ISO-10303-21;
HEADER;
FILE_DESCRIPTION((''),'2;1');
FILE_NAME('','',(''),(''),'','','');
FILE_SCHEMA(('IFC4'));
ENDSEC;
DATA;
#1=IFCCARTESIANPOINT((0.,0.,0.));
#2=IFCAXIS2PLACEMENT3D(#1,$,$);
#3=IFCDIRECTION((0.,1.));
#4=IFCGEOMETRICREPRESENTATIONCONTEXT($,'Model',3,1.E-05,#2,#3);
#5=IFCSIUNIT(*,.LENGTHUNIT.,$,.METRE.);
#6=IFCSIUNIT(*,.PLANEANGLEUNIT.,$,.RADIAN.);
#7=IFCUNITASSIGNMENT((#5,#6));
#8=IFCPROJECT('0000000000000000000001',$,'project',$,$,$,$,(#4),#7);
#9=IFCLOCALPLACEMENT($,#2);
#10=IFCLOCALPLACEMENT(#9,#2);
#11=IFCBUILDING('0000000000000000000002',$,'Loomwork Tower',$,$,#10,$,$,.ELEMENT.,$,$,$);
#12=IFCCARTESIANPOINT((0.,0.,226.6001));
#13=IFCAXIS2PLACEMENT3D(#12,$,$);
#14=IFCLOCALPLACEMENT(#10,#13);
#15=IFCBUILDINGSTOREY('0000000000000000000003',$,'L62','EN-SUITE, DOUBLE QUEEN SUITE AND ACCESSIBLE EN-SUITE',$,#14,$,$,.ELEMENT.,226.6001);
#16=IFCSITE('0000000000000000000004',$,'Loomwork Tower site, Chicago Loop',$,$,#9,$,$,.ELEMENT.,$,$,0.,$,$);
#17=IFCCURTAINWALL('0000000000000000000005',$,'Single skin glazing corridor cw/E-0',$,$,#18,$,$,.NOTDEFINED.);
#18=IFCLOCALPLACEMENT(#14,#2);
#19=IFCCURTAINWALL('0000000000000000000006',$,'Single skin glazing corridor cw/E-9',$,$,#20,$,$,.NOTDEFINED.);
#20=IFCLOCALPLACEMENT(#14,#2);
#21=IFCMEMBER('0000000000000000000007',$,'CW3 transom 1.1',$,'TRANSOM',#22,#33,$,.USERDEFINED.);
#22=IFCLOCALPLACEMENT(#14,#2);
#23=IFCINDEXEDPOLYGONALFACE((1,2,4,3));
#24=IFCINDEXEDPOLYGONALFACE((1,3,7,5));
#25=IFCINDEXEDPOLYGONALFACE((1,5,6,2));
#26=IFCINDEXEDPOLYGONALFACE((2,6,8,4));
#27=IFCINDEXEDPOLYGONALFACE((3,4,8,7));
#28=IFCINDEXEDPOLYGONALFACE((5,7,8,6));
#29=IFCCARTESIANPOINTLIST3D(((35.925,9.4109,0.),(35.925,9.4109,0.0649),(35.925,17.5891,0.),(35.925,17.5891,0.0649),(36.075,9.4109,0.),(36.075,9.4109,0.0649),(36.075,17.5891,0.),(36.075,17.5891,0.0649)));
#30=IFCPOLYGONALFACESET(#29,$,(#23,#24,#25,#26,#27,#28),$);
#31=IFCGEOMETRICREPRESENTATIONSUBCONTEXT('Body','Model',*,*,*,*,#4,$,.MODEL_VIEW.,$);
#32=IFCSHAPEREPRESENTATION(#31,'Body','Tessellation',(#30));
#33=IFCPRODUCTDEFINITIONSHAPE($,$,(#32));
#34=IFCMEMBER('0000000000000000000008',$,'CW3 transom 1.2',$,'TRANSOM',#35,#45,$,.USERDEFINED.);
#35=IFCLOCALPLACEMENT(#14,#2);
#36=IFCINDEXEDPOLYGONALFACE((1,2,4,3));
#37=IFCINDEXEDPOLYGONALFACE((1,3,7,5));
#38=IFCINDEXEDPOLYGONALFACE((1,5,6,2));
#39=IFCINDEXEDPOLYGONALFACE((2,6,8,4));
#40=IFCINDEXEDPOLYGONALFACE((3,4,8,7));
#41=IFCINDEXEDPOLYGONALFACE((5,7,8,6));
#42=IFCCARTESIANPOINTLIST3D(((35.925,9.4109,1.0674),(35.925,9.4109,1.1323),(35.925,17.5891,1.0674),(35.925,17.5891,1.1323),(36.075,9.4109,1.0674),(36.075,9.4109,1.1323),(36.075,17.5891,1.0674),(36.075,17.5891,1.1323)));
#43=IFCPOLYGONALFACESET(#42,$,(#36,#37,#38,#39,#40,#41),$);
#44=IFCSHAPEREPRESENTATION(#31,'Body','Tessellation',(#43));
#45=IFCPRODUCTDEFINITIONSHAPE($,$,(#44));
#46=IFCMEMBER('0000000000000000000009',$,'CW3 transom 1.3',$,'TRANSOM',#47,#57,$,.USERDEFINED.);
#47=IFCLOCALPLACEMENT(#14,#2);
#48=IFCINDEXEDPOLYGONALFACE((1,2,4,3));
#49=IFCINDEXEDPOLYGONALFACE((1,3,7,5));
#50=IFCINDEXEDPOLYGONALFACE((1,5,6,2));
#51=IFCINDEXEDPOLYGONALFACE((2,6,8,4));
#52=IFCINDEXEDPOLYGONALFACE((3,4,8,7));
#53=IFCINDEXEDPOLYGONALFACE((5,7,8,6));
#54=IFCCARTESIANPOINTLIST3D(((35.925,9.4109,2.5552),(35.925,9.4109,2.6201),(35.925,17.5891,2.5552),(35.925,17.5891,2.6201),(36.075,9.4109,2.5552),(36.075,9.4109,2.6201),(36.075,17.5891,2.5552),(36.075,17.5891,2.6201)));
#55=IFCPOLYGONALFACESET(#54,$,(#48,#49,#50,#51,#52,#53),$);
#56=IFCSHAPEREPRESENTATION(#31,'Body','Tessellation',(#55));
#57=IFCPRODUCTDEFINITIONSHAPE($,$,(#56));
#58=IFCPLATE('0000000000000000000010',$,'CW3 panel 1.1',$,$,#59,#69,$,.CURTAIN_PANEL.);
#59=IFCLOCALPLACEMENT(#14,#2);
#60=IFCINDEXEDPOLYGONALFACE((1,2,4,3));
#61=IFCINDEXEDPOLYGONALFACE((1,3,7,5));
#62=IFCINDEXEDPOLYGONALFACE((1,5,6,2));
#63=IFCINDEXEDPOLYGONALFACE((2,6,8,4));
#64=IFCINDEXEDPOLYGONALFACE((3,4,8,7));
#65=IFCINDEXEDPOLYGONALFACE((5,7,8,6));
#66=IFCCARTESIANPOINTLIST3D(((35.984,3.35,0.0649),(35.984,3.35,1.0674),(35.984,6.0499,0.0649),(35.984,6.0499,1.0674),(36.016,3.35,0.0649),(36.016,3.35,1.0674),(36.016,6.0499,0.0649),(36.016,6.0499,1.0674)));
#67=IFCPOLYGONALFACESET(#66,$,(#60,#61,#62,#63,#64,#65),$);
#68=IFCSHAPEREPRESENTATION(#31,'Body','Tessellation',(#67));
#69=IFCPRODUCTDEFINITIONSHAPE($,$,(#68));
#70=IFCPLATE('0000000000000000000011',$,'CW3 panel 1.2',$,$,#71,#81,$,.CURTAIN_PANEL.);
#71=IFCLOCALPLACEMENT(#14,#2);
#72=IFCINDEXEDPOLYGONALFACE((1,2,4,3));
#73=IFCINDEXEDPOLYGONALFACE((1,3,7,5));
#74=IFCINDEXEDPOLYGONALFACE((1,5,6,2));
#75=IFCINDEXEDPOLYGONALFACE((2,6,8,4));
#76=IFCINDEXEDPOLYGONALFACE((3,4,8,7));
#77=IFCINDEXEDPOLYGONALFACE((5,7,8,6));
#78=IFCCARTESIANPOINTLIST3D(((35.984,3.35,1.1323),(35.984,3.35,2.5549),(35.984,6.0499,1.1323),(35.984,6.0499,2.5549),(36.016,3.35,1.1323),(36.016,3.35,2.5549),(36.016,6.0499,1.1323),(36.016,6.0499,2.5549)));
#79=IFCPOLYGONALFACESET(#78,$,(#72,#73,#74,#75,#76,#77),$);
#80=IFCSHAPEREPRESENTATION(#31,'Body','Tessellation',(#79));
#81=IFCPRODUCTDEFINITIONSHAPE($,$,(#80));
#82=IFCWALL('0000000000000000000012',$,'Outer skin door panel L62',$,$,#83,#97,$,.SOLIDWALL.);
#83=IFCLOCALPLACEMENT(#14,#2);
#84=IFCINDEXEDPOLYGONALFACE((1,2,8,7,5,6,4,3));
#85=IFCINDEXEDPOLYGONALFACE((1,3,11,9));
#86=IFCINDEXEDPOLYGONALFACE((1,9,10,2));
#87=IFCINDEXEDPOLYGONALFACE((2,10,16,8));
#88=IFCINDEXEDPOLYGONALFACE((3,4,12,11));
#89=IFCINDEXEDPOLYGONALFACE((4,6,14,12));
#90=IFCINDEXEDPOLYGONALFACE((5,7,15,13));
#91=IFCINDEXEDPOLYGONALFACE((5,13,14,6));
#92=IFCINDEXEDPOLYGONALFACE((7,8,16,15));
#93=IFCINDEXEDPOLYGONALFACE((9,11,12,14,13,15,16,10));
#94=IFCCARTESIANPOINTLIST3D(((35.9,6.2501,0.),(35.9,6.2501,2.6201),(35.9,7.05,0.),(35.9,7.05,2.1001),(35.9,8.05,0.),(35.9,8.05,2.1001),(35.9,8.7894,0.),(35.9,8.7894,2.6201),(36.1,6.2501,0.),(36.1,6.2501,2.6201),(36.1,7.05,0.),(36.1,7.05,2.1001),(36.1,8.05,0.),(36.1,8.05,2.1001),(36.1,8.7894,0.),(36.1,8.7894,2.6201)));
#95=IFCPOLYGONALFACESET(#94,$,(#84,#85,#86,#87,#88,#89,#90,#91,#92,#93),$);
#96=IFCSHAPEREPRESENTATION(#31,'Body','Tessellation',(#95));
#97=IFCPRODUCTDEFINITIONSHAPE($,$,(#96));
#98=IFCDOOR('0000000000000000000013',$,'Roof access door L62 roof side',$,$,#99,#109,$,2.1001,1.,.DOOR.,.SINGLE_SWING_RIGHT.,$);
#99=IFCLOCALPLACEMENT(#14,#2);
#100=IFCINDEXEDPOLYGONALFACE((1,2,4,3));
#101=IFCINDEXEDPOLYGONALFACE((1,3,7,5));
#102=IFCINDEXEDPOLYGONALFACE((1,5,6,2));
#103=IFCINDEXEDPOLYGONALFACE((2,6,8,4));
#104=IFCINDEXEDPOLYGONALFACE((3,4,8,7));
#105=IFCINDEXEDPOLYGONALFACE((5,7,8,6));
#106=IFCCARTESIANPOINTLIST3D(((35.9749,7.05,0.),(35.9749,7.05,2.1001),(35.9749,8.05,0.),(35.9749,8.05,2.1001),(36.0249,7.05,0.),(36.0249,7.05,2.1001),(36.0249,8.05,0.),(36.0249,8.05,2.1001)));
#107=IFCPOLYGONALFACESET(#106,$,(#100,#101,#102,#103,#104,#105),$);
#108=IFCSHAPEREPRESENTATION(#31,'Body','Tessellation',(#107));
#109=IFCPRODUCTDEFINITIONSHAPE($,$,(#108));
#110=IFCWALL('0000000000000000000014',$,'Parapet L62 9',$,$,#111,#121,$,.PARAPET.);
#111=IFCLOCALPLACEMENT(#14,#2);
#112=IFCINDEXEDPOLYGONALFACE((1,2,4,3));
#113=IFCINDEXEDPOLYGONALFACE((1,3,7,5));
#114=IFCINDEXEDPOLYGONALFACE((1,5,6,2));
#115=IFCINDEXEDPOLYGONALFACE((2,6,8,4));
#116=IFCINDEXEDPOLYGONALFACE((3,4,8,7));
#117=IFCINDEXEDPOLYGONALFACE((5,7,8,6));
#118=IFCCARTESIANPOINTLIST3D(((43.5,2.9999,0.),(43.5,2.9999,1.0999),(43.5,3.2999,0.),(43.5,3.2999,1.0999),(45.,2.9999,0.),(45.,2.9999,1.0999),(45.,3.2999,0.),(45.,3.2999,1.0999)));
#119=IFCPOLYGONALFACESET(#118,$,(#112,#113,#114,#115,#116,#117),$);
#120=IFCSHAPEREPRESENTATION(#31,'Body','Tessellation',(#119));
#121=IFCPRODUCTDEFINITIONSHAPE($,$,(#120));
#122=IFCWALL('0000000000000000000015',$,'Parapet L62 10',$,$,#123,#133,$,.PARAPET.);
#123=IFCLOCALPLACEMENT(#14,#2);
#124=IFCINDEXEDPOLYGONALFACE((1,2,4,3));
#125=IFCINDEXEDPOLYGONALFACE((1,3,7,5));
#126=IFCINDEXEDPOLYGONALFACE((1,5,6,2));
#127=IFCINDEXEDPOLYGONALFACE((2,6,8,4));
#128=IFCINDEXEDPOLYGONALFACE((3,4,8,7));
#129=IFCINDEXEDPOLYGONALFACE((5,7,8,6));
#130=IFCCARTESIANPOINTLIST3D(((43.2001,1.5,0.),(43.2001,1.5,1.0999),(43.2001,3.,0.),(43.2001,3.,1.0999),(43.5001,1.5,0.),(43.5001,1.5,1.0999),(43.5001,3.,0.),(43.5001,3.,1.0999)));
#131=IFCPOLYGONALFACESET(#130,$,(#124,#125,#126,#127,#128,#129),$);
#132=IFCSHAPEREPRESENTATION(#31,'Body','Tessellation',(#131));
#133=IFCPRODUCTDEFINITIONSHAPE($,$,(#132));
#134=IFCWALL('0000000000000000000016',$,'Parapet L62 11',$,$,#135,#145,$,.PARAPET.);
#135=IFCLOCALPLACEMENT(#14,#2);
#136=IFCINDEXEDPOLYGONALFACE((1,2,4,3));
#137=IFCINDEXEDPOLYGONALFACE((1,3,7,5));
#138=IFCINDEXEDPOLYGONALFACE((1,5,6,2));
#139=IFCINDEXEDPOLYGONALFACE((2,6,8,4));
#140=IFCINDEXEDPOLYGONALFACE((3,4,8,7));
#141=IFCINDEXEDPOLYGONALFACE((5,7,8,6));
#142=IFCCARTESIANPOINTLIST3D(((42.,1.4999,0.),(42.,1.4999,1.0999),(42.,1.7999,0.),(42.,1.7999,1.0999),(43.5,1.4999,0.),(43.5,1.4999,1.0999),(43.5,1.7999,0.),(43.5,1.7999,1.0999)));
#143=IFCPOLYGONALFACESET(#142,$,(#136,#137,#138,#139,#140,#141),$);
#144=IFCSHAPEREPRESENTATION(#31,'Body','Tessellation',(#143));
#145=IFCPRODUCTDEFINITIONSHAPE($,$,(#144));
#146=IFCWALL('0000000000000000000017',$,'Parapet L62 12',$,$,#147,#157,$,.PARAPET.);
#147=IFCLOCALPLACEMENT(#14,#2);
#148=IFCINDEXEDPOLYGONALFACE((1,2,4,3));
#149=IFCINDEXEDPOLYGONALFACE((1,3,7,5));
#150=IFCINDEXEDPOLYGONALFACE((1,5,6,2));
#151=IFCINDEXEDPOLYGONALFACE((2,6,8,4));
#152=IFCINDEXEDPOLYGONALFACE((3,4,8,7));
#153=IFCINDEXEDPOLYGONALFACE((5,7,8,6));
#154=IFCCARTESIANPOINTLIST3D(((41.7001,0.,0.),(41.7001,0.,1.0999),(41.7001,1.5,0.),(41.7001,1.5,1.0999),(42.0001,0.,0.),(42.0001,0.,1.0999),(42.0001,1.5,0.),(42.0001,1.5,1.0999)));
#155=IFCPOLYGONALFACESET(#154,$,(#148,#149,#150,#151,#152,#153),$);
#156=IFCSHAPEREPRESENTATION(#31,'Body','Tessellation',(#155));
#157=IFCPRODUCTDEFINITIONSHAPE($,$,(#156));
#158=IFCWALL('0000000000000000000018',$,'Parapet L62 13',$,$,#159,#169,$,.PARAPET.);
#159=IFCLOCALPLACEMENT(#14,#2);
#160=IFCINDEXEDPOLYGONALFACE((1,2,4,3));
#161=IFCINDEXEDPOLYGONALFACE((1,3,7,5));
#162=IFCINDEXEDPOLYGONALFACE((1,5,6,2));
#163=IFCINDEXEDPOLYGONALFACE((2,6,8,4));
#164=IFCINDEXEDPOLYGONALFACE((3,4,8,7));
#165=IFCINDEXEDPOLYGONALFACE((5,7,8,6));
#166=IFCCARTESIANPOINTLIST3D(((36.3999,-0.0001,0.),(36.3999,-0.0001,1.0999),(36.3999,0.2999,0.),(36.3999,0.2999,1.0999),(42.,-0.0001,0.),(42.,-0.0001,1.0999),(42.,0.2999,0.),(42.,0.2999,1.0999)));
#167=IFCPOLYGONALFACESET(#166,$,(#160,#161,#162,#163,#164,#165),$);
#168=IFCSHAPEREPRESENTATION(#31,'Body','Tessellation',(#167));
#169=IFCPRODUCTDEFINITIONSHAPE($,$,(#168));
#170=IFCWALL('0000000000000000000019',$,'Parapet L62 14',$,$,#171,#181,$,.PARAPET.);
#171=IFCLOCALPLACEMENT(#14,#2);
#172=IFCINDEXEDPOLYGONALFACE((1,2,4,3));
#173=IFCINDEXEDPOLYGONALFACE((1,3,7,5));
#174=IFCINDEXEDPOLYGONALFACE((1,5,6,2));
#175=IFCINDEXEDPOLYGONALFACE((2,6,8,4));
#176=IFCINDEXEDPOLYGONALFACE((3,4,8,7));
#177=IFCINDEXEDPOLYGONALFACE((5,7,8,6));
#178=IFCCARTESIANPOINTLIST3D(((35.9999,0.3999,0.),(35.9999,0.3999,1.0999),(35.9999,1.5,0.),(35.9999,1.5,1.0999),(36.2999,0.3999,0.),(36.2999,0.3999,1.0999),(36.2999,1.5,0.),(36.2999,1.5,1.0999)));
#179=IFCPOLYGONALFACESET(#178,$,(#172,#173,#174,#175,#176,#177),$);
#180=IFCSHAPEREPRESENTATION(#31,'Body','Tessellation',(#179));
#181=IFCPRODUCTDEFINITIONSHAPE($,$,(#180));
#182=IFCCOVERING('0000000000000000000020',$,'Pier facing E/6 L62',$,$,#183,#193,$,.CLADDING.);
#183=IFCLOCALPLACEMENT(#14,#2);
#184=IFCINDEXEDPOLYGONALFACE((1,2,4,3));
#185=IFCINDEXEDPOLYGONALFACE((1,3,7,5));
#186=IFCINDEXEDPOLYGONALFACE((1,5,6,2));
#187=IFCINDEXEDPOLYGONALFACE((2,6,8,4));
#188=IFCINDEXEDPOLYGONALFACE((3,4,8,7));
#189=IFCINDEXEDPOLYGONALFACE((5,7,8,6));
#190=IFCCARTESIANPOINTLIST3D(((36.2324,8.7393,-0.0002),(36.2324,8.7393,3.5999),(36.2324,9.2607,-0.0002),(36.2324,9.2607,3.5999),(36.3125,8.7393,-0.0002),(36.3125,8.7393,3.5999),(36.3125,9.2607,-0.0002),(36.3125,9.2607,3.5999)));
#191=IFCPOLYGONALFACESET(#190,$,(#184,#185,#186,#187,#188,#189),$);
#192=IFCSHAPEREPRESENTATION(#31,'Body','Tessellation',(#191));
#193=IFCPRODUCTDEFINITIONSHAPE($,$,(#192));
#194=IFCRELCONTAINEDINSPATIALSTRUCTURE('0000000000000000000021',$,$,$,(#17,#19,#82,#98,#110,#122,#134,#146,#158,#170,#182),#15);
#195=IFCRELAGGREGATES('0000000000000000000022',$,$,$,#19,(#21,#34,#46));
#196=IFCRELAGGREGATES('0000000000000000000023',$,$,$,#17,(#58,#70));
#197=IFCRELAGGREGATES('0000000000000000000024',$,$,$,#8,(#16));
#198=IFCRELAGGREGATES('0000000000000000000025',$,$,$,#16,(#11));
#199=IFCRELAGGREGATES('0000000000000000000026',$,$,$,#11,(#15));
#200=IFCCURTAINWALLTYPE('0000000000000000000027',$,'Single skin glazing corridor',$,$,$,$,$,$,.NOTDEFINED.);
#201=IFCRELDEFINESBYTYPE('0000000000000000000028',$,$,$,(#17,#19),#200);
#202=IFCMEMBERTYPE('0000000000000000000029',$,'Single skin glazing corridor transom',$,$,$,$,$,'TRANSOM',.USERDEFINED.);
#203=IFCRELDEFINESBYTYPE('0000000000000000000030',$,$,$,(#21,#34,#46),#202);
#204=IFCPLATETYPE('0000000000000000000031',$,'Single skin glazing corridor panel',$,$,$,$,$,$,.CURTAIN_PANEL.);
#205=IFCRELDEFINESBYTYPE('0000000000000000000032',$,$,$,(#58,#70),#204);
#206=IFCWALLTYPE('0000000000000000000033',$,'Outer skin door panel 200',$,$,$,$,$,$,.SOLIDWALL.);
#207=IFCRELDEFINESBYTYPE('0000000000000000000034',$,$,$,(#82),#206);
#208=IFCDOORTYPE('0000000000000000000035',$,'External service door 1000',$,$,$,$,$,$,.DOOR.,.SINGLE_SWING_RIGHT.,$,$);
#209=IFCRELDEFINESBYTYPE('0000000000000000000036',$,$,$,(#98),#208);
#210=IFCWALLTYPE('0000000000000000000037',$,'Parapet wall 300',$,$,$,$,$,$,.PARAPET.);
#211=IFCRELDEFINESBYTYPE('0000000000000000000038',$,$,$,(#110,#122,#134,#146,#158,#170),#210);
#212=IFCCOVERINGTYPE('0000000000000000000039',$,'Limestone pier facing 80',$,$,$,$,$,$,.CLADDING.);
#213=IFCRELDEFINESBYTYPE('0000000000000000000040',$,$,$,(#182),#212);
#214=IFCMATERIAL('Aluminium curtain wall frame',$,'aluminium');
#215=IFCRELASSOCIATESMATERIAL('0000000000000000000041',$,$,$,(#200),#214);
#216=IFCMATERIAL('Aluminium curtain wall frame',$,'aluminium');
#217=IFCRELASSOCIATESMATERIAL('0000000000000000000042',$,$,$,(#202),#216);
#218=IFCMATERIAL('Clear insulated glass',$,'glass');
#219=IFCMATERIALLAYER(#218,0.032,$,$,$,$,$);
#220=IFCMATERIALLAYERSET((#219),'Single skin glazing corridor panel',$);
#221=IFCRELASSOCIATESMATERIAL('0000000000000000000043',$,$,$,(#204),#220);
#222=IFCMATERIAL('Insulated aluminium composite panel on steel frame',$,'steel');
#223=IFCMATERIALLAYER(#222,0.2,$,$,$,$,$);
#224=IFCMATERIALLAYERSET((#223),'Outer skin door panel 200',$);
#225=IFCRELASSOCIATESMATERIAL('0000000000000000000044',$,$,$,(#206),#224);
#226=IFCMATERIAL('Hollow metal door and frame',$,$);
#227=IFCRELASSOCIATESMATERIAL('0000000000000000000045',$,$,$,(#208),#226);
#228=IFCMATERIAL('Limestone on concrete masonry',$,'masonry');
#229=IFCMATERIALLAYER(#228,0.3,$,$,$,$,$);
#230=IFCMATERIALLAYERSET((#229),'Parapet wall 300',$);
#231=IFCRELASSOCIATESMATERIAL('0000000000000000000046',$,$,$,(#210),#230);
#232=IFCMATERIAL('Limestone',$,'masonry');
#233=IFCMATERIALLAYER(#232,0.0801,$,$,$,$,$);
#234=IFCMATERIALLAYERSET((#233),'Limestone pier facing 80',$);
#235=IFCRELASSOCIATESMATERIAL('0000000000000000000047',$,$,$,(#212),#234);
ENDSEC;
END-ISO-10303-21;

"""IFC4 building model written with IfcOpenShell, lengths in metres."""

from ifc_helpers import new_model, si_unit, direction, frame, frame_2d, origin, origin_2d, place, context, subcontext, project, spatial, rectangle, extrude, material, layer, layer_set, material_profile, profile_set, type_object, element, fill, aggregate, save


model = new_model("IFC4")

# Units and contexts
model_context = context("Model", 3, precision=1e-05, world=origin(), true_north=direction((0.0, 1.0)))
body_context = subcontext(model_context, "Body", "Model", "MODEL_VIEW")
ifc_project = project(units=[si_unit("LENGTHUNIT", "METRE"), si_unit("PLANEANGLEUNIT", "RADIAN")], contexts=[model_context])

# Site, building, storey
site_placement = place(None, origin())
site = spatial("IfcSite", under=ifc_project, at=site_placement, Name="Loomwork Tower site, Chicago Loop", CompositionType="ELEMENT", RefElevation=0.0)
building_placement = place(site_placement, origin())
building = spatial("IfcBuilding", under=site, at=building_placement, Name="Loomwork Tower", CompositionType="ELEMENT")
storey_placement = place(building_placement, frame((0.0, 0.0, 226.6001)))
storey = spatial("IfcBuildingStorey", under=building, at=storey_placement, Name="L62", Description="EN-SUITE, DOUBLE QUEEN SUITE AND ACCESSIBLE EN-SUITE", CompositionType="ELEMENT", Elevation=226.6001)

# Curtain wall
ifc_material_1 = material(Name="Aluminium curtain wall frame", Category="aluminium")
curtain_wall_type = type_object("IfcCurtainWallType", Name="Single skin glazing corridor", PredefinedType="NOTDEFINED", material=ifc_material_1)
curtain_wall_1_placement = place(storey_placement, origin())
curtain_wall_1 = element("IfcCurtainWall", 1, at=curtain_wall_1_placement, inside=storey, type_object=curtain_wall_type, Name="Single skin glazing corridor cw/E-0", PredefinedType="NOTDEFINED")

# Curtain wall, members
curtain_wall_2_placement = place(storey_placement, origin())
curtain_wall_2 = element("IfcCurtainWall", 2, at=curtain_wall_2_placement, inside=storey, type_object=curtain_wall_type, Name="Single skin glazing corridor cw/E-9", PredefinedType="NOTDEFINED")
ifc_material_2 = material(Name="Aluminium curtain wall frame", Category="aluminium")
ifc_material_profile_1 = material_profile(ifc_material_2, rectangle(XDim=0.1499, YDim=0.0649, at=origin_2d()), Name="AL 65x150")
ifc_profile_set_1 = profile_set([ifc_material_profile_1], Name="Aluminium curtain wall frame")
member_type_1 = type_object("IfcMemberType", Name="Single skin glazing corridor transom", ElementType="TRANSOM", PredefinedType="USERDEFINED", material=ifc_profile_set_1)
member_1_placement = place(storey_placement, frame((36.0, 9.4109, 0.0325), z_axis=(0.0, 1.0, 0.0), x_axis=(-1.0, 0.0, 0.0)))
member_1 = element("IfcMember", 3, at=member_1_placement, type_object=member_type_1, Name="CW3 transom 1.1", ObjectType="TRANSOM", PredefinedType="USERDEFINED", context=body_context, shape_type="SweptSolid", body=[
    extrude(rectangle(XDim=0.1499, YDim=0.0649, at=origin_2d()), origin(), (0.0, 0.0, 1.0), 8.1782),
])
member_2_placement = place(storey_placement, frame((36.0, 9.4109, 1.0999), z_axis=(0.0, 1.0, 0.0), x_axis=(-1.0, 0.0, 0.0)))
member_2 = element("IfcMember", 4, at=member_2_placement, type_object=member_type_1, Name="CW3 transom 1.2", ObjectType="TRANSOM", PredefinedType="USERDEFINED", context=body_context, shape_type="SweptSolid", body=[
    extrude(rectangle(XDim=0.1499, YDim=0.0649, at=origin_2d()), origin(), (0.0, 0.0, 1.0), 8.1782),
])
member_3_placement = place(storey_placement, frame((36.0, 9.4109, 2.5876), z_axis=(0.0, 1.0, 0.0), x_axis=(-1.0, 0.0, 0.0)))
member_3 = element("IfcMember", 5, at=member_3_placement, type_object=member_type_1, Name="CW3 transom 1.3", ObjectType="TRANSOM", PredefinedType="USERDEFINED", context=body_context, shape_type="SweptSolid", body=[
    extrude(rectangle(XDim=0.1499, YDim=0.0649, at=origin_2d()), origin(), (0.0, 0.0, 1.0), 8.1782),
])
aggregate(curtain_wall_2, [member_1, member_2, member_3])

# Plates
ifc_material_3 = material(Name="Clear insulated glass", Category="glass")
ifc_layer_1 = layer(ifc_material_3, 0.032)
ifc_layer_set_1 = layer_set([ifc_layer_1], Name="Single skin glazing corridor panel")
plate_type = type_object("IfcPlateType", Name="Single skin glazing corridor panel", PredefinedType="CURTAIN_PANEL", material=ifc_layer_set_1)
plate_1_placement = place(storey_placement, frame((36.0, 4.7, 0.0649), z_axis=(0.0, 0.0, 1.0), x_axis=(0.0, 1.0, 0.0)))
plate_1 = element("IfcPlate", 6, at=plate_1_placement, type_object=plate_type, Name="CW3 panel 1.1", PredefinedType="CURTAIN_PANEL", context=body_context, shape_type="SweptSolid", body=[
    extrude(rectangle(XDim=2.7, YDim=0.032, at=origin_2d()), origin(), (0.0, 0.0, 1.0), 1.0024),
])
plate_2_placement = place(storey_placement, frame((36.0, 4.7, 1.1323), z_axis=(0.0, 0.0, 1.0), x_axis=(0.0, 1.0, 0.0)))
plate_2 = element("IfcPlate", 7, at=plate_2_placement, type_object=plate_type, Name="CW3 panel 1.2", PredefinedType="CURTAIN_PANEL", context=body_context, shape_type="SweptSolid", body=[
    extrude(rectangle(XDim=2.7, YDim=0.032, at=origin_2d()), origin(), (0.0, 0.0, 1.0), 1.4226),
])
aggregate(curtain_wall_1, [plate_1, plate_2])

# Wall, opening, door
ifc_material_4 = material(Name="Insulated aluminium composite panel on steel frame", Category="steel")
ifc_layer_2 = layer(ifc_material_4, 0.2)
ifc_layer_set_2 = layer_set([ifc_layer_2], Name="Outer skin door panel 200")
wall_type_1 = type_object("IfcWallType", Name="Outer skin door panel 200", PredefinedType="SOLIDWALL", material=ifc_layer_set_2)
wall_1_placement = place(storey_placement, frame((36.0, 8.7893, 0.0), z_axis=(0.0, 0.0, 1.0), x_axis=(0.0, -1.0, 0.0)))
wall_1 = element("IfcWall", 8, at=wall_1_placement, inside=storey, type_object=wall_type_1, Name="Outer skin door panel L62", PredefinedType="SOLIDWALL", context=body_context, shape_type="SweptSolid", body=[
    extrude(rectangle(XDim=2.5393, YDim=0.2, at=frame_2d((1.2695, 0.0))), origin(), (0.0, 0.0, 1.0), 2.6201),
])
opening_placement = place(wall_1_placement, frame((0.7393, 0.0, 0.0)))
opening = element("IfcOpeningElement", 9, at=opening_placement, cuts=wall_1, PredefinedType="OPENING", context=body_context, shape_type="SweptSolid", body=[
    extrude(rectangle(XDim=1.0, YDim=2.1001, at=frame_2d((0.5, 1.05))), frame((0.0, 0.1099, 0.0), z_axis=(0.0, -1.0, 0.0), x_axis=(1.0, 0.0, 0.0)), (0.0, 0.0, 1.0), 0.22),
])
ifc_material_5 = material(Name="Hollow metal door and frame")
door_type = type_object("IfcDoorType", Name="External service door 1000", OperationType="SINGLE_SWING_RIGHT", PredefinedType="DOOR", material=ifc_material_5)
door_placement = place(opening_placement, origin())
door = element("IfcDoor", 10, at=door_placement, inside=storey, type_object=door_type, Name="Roof access door L62 roof side", OperationType="SINGLE_SWING_RIGHT", OverallHeight=2.1001, OverallWidth=1.0, PredefinedType="DOOR", context=body_context, shape_type="SweptSolid", body=[
    extrude(rectangle(XDim=1.0, YDim=2.1001, at=frame_2d((0.5, 1.05))), frame((0.0, 0.0249, 0.0), z_axis=(0.0, -1.0, 0.0), x_axis=(1.0, 0.0, 0.0)), (0.0, 0.0, 1.0), 0.05),
])
fill(opening, door)

# Walls
ifc_material_6 = material(Name="Limestone on concrete masonry", Category="masonry")
ifc_layer_3 = layer(ifc_material_6, 0.3)
ifc_layer_set_3 = layer_set([ifc_layer_3], Name="Parapet wall 300")
wall_type_2 = type_object("IfcWallType", Name="Parapet wall 300", PredefinedType="PARAPET", material=ifc_layer_set_3)
for number, where, z_axis, x_axis, name in (
    (11, (45.0, 3.1499, 0.0), (0.0, 0.0, 1.0), (-1.0, 0.0, 0.0), "Parapet L62 9"),
    (12, (43.3501, 3.0, 0.0), (0.0, 0.0, 1.0), (0.0, -1.0, 0.0), "Parapet L62 10"),
    (13, (43.5, 1.6499, 0.0), (0.0, 0.0, 1.0), (-1.0, 0.0, 0.0), "Parapet L62 11"),
    (14, (41.8501, 1.5, 0.0), (0.0, 0.0, 1.0), (0.0, -1.0, 0.0), "Parapet L62 12"),
):
    element("IfcWall", number, at=place(storey_placement, frame(where, z_axis=z_axis, x_axis=x_axis)), inside=storey, type_object=wall_type_2, Name=name, PredefinedType="PARAPET", context=body_context, shape_type="SweptSolid", body=[
        extrude(rectangle(XDim=1.5, YDim=0.3, at=frame_2d((0.75, 0.0))), origin(), (0.0, 0.0, 1.0), 1.0999),
    ])
wall_2_placement = place(storey_placement, frame((42.0, 0.1499, 0.0), z_axis=(0.0, 0.0, 1.0), x_axis=(-1.0, 0.0, 0.0)))
element("IfcWall", 15, at=wall_2_placement, inside=storey, type_object=wall_type_2, Name="Parapet L62 13", PredefinedType="PARAPET", context=body_context, shape_type="SweptSolid", body=[
    extrude(rectangle(XDim=5.6001, YDim=0.3, at=frame_2d((2.8, 0.0))), origin(), (0.0, 0.0, 1.0), 1.0999),
])
wall_3_placement = place(storey_placement, frame((36.1499, 0.3999, 0.0), z_axis=(0.0, 0.0, 1.0), x_axis=(0.0, 1.0, 0.0)))
element("IfcWall", 16, at=wall_3_placement, inside=storey, type_object=wall_type_2, Name="Parapet L62 14", PredefinedType="PARAPET", context=body_context, shape_type="SweptSolid", body=[
    extrude(rectangle(XDim=1.1001, YDim=0.3, at=frame_2d((0.55, 0.0))), origin(), (0.0, 0.0, 1.0), 1.0999),
])

# Covering
ifc_material_7 = material(Name="Limestone", Category="masonry")
ifc_layer_4 = layer(ifc_material_7, 0.0801)
ifc_layer_set_4 = layer_set([ifc_layer_4], Name="Limestone pier facing 80")
covering_type = type_object("IfcCoveringType", Name="Limestone pier facing 80", PredefinedType="CLADDING", material=ifc_layer_set_4)
covering_placement = place(storey_placement, frame((36.2725, 9.0, -0.0002), z_axis=(0.0, 0.0, 1.0), x_axis=(1.0, 0.0, 0.0)))
element("IfcCovering", 17, at=covering_placement, inside=storey, type_object=covering_type, Name="Pier facing E/6 L62", PredefinedType="CLADDING", context=body_context, shape_type="SweptSolid", body=[
    extrude(rectangle(XDim=0.0801, YDim=0.5215, at=origin_2d()), origin(), (0.0, 0.0, 1.0), 3.6001),
])

save(model, "model.ifc")
